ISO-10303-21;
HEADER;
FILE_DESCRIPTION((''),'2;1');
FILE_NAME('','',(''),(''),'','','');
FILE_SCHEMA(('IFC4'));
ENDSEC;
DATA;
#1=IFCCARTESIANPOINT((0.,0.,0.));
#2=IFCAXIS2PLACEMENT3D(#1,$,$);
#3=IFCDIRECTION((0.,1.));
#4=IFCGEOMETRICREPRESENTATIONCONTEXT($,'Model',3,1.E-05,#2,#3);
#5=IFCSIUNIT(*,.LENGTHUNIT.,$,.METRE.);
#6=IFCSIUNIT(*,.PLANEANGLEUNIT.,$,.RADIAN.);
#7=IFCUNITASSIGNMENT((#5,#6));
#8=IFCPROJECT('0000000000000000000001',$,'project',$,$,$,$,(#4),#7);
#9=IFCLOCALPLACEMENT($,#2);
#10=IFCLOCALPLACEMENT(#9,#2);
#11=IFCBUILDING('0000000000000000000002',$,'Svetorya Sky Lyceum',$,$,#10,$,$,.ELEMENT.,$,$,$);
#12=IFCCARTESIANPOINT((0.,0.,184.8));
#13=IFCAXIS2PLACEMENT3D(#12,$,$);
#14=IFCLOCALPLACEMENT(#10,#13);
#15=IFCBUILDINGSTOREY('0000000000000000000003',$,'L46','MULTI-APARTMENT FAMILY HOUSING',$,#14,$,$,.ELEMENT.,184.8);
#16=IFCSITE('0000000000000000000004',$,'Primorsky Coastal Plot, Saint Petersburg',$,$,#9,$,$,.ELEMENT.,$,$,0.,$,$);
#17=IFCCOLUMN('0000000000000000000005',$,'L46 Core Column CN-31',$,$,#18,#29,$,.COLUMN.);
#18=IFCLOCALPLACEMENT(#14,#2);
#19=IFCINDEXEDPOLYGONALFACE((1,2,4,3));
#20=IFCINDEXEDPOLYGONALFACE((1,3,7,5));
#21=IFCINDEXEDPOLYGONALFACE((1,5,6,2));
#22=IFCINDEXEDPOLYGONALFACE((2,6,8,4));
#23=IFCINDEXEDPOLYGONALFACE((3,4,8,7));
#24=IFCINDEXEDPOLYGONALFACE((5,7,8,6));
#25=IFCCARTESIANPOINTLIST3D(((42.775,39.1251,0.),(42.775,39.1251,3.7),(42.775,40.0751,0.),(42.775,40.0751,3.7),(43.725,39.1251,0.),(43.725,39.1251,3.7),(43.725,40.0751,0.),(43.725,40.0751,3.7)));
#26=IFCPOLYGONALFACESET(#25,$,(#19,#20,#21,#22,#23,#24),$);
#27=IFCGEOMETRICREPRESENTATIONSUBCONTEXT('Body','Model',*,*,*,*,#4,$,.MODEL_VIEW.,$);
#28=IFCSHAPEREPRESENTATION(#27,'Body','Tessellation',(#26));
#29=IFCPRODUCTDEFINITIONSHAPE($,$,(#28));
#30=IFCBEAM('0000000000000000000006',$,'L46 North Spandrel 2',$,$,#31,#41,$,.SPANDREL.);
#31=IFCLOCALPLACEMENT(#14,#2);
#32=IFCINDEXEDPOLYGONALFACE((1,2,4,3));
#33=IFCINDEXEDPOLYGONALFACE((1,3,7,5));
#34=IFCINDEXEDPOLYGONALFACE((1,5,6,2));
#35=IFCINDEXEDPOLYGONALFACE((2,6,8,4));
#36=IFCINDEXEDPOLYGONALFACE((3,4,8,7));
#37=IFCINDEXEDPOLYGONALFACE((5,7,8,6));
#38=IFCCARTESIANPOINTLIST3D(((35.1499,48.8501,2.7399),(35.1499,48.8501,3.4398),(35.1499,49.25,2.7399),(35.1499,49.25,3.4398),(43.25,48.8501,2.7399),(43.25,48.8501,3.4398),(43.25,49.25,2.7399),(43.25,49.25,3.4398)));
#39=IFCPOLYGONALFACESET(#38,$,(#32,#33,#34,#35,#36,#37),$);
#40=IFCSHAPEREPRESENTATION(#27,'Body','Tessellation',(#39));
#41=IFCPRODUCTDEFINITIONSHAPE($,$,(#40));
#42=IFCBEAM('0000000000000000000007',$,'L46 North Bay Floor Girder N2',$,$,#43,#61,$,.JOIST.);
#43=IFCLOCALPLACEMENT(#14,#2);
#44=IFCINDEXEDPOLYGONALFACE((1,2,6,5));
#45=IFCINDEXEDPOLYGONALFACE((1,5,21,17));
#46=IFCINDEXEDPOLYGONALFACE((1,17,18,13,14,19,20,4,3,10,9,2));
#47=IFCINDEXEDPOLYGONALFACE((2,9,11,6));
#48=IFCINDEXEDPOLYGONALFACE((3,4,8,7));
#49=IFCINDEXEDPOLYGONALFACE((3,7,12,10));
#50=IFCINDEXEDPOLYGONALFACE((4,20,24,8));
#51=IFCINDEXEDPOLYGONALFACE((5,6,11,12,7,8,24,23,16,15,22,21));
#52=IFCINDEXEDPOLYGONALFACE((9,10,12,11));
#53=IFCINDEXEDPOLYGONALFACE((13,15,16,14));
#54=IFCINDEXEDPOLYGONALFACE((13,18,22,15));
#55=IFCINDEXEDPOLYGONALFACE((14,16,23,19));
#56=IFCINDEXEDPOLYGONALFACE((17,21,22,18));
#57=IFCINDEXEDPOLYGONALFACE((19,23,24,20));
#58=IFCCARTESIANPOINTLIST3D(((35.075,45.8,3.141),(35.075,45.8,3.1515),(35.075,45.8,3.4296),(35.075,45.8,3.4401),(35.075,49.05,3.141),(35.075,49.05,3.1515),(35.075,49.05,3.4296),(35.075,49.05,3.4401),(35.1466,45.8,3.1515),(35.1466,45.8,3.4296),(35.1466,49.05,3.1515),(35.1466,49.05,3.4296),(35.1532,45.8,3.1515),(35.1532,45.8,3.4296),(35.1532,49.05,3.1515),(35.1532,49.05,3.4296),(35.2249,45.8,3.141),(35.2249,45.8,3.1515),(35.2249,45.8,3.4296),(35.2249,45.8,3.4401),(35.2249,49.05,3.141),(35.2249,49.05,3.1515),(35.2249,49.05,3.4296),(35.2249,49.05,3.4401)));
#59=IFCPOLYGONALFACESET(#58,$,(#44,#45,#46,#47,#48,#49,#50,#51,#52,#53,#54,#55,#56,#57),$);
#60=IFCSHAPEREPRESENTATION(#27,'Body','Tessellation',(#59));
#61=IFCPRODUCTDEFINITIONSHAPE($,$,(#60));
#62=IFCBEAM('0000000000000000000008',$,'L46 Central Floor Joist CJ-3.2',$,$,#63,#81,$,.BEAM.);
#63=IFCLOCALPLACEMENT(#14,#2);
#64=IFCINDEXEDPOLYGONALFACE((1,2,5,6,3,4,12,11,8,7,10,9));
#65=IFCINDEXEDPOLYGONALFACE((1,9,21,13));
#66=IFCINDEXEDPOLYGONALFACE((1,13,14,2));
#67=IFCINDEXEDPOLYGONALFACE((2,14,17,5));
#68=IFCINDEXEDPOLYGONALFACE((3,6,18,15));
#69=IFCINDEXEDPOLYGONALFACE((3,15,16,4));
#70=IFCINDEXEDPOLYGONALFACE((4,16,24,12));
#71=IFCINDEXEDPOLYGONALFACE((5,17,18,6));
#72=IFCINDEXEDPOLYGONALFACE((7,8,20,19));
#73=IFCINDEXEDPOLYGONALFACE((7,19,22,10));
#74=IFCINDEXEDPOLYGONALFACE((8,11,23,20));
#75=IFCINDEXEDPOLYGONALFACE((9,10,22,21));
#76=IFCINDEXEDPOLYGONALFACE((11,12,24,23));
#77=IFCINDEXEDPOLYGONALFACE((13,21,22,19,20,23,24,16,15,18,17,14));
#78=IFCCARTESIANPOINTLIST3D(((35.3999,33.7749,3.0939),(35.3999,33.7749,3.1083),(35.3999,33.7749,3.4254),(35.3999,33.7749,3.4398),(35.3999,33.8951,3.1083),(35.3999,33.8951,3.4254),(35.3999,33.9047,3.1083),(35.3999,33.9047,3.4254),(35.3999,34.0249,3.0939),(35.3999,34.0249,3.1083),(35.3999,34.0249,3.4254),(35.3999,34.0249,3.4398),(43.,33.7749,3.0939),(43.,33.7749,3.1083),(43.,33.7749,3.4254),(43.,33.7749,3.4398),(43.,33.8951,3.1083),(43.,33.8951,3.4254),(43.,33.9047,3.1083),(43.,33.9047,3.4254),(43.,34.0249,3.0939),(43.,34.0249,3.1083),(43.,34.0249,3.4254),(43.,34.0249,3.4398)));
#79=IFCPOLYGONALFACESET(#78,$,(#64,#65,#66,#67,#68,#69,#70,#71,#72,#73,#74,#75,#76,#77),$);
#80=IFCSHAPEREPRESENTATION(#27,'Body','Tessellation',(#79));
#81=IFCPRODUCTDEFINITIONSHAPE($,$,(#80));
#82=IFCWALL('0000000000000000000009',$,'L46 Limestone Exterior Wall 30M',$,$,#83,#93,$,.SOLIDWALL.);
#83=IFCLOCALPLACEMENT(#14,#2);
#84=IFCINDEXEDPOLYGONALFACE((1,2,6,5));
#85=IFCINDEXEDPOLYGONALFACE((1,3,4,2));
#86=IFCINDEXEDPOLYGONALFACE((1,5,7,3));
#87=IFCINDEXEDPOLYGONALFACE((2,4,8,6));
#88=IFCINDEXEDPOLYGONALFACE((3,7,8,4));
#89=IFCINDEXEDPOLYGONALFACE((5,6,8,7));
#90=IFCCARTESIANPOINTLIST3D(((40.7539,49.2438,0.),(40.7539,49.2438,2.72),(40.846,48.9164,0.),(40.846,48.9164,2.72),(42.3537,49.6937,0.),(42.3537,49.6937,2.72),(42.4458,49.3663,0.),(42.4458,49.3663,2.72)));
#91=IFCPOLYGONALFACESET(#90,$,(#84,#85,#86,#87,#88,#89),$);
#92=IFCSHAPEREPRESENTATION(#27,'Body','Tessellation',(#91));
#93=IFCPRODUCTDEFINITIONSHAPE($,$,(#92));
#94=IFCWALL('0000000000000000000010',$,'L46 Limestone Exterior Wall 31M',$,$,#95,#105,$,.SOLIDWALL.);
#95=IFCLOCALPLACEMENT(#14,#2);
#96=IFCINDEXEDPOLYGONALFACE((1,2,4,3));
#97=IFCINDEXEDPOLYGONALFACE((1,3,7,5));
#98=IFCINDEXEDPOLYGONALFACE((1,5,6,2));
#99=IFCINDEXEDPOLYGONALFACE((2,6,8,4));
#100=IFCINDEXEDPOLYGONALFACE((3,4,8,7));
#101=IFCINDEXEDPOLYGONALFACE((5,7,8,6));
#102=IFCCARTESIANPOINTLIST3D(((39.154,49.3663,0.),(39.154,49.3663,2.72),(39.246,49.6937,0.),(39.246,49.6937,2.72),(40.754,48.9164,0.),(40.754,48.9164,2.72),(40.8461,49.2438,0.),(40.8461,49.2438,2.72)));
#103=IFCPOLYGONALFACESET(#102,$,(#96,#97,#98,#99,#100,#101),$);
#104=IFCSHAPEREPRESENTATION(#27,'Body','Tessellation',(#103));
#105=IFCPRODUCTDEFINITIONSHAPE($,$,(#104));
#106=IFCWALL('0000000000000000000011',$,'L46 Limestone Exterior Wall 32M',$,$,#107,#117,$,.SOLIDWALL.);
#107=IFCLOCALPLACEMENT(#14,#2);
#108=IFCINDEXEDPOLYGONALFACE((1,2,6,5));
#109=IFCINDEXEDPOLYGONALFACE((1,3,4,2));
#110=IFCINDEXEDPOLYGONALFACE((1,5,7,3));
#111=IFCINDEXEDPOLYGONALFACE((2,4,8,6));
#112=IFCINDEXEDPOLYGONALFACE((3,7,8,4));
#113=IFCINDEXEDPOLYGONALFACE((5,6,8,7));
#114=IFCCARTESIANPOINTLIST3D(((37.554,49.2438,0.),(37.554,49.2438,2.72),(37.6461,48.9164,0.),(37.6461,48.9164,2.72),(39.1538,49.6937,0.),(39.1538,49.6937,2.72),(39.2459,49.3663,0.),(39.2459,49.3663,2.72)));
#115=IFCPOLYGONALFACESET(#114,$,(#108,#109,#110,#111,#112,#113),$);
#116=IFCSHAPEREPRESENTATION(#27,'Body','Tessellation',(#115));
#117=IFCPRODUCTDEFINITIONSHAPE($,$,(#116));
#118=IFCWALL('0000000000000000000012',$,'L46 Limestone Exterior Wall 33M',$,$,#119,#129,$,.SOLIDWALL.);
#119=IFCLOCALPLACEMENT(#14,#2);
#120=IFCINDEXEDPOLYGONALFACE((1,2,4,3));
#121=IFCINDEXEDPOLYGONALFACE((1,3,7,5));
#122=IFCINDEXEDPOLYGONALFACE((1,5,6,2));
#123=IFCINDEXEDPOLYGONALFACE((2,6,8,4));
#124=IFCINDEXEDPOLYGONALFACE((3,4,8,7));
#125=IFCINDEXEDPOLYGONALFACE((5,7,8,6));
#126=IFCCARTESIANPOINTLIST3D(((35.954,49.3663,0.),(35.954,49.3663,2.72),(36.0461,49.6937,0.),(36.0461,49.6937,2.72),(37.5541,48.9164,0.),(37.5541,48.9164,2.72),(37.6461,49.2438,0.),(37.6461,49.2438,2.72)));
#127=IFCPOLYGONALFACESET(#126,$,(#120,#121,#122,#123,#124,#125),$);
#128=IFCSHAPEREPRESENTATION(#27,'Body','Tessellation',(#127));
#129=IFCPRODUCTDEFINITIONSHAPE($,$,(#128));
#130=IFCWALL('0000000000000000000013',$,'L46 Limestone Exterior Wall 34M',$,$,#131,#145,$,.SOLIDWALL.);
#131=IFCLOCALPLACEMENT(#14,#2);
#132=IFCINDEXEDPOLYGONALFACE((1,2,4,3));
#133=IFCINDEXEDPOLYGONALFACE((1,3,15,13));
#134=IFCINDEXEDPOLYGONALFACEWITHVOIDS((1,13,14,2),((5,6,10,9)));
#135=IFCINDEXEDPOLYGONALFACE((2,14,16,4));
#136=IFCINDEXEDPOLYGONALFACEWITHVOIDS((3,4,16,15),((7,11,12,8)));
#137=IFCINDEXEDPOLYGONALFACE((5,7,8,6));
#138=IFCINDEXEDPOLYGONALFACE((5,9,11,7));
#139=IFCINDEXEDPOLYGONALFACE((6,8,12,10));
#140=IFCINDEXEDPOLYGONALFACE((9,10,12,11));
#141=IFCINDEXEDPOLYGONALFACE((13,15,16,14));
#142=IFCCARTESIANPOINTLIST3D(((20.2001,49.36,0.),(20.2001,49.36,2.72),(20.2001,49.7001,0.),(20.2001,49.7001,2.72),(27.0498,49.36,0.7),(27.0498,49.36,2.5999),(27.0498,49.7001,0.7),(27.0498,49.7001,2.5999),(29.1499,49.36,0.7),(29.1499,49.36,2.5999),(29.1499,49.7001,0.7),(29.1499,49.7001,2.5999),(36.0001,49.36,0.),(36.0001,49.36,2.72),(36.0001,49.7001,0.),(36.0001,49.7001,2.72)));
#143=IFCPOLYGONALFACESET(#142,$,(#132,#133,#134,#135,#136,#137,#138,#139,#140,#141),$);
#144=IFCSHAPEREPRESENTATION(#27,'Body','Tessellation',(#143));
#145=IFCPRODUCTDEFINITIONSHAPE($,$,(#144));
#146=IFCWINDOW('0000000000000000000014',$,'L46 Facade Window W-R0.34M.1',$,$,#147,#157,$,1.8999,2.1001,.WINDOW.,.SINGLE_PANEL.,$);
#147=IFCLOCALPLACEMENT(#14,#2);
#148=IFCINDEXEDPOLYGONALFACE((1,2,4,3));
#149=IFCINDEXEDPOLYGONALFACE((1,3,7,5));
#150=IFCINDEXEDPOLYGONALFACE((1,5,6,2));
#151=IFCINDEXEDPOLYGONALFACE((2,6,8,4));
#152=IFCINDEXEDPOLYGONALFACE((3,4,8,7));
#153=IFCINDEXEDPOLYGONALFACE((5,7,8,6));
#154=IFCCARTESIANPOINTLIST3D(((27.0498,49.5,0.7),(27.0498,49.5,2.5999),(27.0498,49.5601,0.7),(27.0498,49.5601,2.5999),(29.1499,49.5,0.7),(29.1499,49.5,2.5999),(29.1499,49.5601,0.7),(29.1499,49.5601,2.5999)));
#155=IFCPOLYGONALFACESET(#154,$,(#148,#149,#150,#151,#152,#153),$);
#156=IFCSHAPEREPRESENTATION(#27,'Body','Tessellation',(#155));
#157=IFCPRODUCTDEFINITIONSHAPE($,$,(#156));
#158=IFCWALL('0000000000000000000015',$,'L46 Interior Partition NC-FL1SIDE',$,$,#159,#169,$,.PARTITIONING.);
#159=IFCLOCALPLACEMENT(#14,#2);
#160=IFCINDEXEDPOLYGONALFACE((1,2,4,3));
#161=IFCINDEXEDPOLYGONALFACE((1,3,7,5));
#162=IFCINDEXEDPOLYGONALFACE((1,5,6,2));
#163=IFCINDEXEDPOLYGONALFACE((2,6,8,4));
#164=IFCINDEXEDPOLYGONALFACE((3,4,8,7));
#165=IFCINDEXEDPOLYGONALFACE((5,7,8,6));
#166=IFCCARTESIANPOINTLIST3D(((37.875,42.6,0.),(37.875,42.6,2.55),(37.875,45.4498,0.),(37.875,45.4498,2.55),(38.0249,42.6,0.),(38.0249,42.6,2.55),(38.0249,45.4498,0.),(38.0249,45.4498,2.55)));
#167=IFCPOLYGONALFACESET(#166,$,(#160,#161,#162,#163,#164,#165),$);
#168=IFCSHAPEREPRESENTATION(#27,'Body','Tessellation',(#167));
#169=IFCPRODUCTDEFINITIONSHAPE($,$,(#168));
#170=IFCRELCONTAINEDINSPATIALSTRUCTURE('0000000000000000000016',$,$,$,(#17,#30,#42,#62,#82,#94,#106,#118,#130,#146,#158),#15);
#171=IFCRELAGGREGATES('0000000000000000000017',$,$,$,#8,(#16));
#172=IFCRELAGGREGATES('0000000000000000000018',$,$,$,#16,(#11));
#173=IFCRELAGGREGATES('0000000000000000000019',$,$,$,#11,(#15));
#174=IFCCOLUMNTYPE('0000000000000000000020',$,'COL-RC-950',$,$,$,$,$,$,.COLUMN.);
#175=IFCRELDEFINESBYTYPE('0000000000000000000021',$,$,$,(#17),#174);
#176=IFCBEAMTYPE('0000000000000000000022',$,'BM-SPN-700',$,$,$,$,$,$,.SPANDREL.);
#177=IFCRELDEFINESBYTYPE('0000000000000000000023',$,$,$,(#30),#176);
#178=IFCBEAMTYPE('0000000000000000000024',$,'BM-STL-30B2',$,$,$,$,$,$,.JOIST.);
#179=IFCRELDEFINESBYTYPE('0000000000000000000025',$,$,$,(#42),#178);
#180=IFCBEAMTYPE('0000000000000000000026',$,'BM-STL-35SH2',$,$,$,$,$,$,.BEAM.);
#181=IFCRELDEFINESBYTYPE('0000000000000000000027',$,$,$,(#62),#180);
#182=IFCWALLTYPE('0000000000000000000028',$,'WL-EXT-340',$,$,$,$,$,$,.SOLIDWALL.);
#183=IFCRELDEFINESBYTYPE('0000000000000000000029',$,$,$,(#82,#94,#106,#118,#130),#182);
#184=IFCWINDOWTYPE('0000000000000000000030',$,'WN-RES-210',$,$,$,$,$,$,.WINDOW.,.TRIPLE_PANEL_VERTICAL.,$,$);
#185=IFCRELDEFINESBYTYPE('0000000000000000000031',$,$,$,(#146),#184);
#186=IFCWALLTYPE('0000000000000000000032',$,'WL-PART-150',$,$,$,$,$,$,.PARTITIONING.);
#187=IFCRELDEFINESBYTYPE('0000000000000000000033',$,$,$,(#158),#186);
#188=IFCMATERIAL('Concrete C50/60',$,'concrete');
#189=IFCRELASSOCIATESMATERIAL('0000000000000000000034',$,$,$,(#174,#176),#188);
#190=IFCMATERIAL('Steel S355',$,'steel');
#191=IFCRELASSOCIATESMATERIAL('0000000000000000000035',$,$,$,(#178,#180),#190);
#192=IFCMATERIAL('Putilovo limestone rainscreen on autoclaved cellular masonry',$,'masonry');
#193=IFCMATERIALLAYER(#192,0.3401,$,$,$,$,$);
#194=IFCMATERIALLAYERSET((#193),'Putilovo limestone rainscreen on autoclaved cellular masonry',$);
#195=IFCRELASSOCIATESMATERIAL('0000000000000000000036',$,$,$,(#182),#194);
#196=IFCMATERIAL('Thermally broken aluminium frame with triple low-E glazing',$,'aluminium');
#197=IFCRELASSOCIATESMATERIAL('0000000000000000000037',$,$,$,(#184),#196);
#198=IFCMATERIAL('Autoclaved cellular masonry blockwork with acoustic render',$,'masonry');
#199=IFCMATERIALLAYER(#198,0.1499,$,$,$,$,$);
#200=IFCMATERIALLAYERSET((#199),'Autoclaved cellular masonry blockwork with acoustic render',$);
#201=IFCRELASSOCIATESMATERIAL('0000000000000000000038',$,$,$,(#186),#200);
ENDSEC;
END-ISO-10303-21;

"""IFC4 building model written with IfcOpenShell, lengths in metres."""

from ifc_helpers import new_model, si_unit, direction, frame, frame_2d, origin, origin_2d, place, context, subcontext, project, spatial, rectangle, i_section, extrude, material, layer, layer_set, material_profile, profile_set, type_object, element, fill, save


model = new_model("IFC4")

# Units and contexts
model_context = context("Model", 3, precision=1e-05, world=origin(), true_north=direction((0.0, 1.0)))
body_context = subcontext(model_context, "Body", "Model", "MODEL_VIEW")
ifc_project = project(units=[si_unit("LENGTHUNIT", "METRE"), si_unit("PLANEANGLEUNIT", "RADIAN")], contexts=[model_context])

# Site, building, storey
site_placement = place(None, origin())
site = spatial("IfcSite", under=ifc_project, at=site_placement, Name="Primorsky Coastal Plot, Saint Petersburg", CompositionType="ELEMENT", RefElevation=0.0)
building_placement = place(site_placement, origin())
building = spatial("IfcBuilding", under=site, at=building_placement, Name="Svetorya Sky Lyceum", CompositionType="ELEMENT")
storey_placement = place(building_placement, frame((0.0, 0.0, 184.8)))
storey = spatial("IfcBuildingStorey", under=building, at=storey_placement, Name="L46", Description="MULTI-APARTMENT FAMILY HOUSING", CompositionType="ELEMENT", Elevation=184.8)

# Column
ifc_material_1 = material(Name="Concrete C50/60", Category="concrete")
ifc_material_profile_1 = material_profile(ifc_material_1, rectangle(XDim=0.95, YDim=0.95, at=origin_2d()), Name="RC COL 950x950")
ifc_profile_set_1 = profile_set([ifc_material_profile_1], Name="Concrete C50/60")
column_type = type_object("IfcColumnType", Name="COL-RC-950", PredefinedType="COLUMN", material=ifc_profile_set_1)
column_placement = place(storey_placement, frame((43.25, 39.6001, 0.0), z_axis=(0.0, 0.0, 1.0), x_axis=(1.0, 0.0, 0.0)))
element("IfcColumn", 1, at=column_placement, inside=storey, type_object=column_type, Name="L46 Core Column CN-31", PredefinedType="COLUMN", context=body_context, shape_type="SweptSolid", body=[
    extrude(rectangle(XDim=0.95, YDim=0.95, at=origin_2d()), origin(), (0.0, 0.0, 1.0), 3.7),
])

# Beams
ifc_material_profile_2 = material_profile(ifc_material_1, rectangle(XDim=0.3999, YDim=0.7, at=origin_2d()), Name="RC SPANDREL 400x700")
ifc_profile_set_2 = profile_set([ifc_material_profile_2], Name="Concrete C50/60")
beam_type_1 = type_object("IfcBeamType", Name="BM-SPN-700", PredefinedType="SPANDREL", material=ifc_profile_set_2)
beam_1_placement = place(storey_placement, frame((35.1499, 49.05, 3.0898), z_axis=(1.0, 0.0, 0.0), x_axis=(0.0, 1.0, 0.0)))
element("IfcBeam", 2, at=beam_1_placement, inside=storey, type_object=beam_type_1, Name="L46 North Spandrel 2", PredefinedType="SPANDREL", context=body_context, shape_type="SweptSolid", body=[
    extrude(rectangle(XDim=0.3999, YDim=0.7, at=origin_2d()), origin(), (0.0, 0.0, 1.0), 8.1001),
])
ifc_material_2 = material(Name="Steel S355", Category="steel")
ifc_material_profile_3 = material_profile(ifc_material_2, i_section(OverallWidth=0.1499, OverallDepth=0.2991, WebThickness=0.0066, FlangeThickness=0.0105, at=origin_2d()), Name="GOST 30B2")
ifc_profile_set_3 = profile_set([ifc_material_profile_3], Name="Steel S355")
beam_type_2 = type_object("IfcBeamType", Name="BM-STL-30B2", PredefinedType="JOIST", material=ifc_profile_set_3)
beam_2_placement = place(storey_placement, frame((35.1499, 45.8, 3.2905), z_axis=(0.0, 1.0, 0.0), x_axis=(-1.0, 0.0, 0.0)))
element("IfcBeam", 3, at=beam_2_placement, inside=storey, type_object=beam_type_2, Name="L46 North Bay Floor Girder N2", PredefinedType="JOIST", context=body_context, shape_type="SweptSolid", body=[
    extrude(i_section(OverallWidth=0.1499, OverallDepth=0.2991, WebThickness=0.0066, FlangeThickness=0.0105, at=origin_2d()), origin(), (0.0, 0.0, 1.0), 3.25),
])
ifc_material_profile_4 = material_profile(ifc_material_2, i_section(OverallWidth=0.25, OverallDepth=0.3459, WebThickness=0.0095, FlangeThickness=0.0144, at=origin_2d()), Name="GOST 35Sh2")
ifc_profile_set_4 = profile_set([ifc_material_profile_4], Name="Steel S355")
beam_type_3 = type_object("IfcBeamType", Name="BM-STL-35SH2", PredefinedType="BEAM", material=ifc_profile_set_4)
beam_3_placement = place(storey_placement, frame((35.3999, 33.8999, 3.2668), z_axis=(1.0, 0.0, 0.0), x_axis=(0.0, 1.0, 0.0)))
element("IfcBeam", 4, at=beam_3_placement, inside=storey, type_object=beam_type_3, Name="L46 Central Floor Joist CJ-3.2", PredefinedType="BEAM", context=body_context, shape_type="SweptSolid", body=[
    extrude(i_section(OverallWidth=0.25, OverallDepth=0.3459, WebThickness=0.0095, FlangeThickness=0.0144, at=origin_2d()), origin(), (0.0, 0.0, 1.0), 7.6001),
])

# Walls
ifc_material_3 = material(Name="Putilovo limestone rainscreen on autoclaved cellular masonry", Category="masonry")
ifc_layer_1 = layer(ifc_material_3, 0.3401)
ifc_layer_set_1 = layer_set([ifc_layer_1], Name="Putilovo limestone rainscreen on autoclaved cellular masonry")
wall_type_1 = type_object("IfcWallType", Name="WL-EXT-340", PredefinedType="SOLIDWALL", material=ifc_layer_set_1)
wall_1_placement = place(storey_placement, frame((42.3999, 49.53, 0.0), z_axis=(0.0, 0.0, 1.0), x_axis=(-0.962652, -0.270741, 0.0)))
element("IfcWall", 5, at=wall_1_placement, inside=storey, type_object=wall_type_1, Name="L46 Limestone Exterior Wall 30M", PredefinedType="SOLIDWALL", context=body_context, shape_type="SweptSolid", body=[
    extrude(rectangle(XDim=1.6619, YDim=0.3401, at=frame_2d((0.8311, 0.0))), origin(), (0.0, 0.0, 1.0), 2.72),
])
wall_2_placement = place(storey_placement, frame((40.8, 49.0801, 0.0), z_axis=(0.0, 0.0, 1.0), x_axis=(-0.962663, 0.270703, 0.0)))
element("IfcWall", 6, at=wall_2_placement, inside=storey, type_object=wall_type_1, Name="L46 Limestone Exterior Wall 31M", PredefinedType="SOLIDWALL", context=body_context, shape_type="SweptSolid", body=[
    extrude(rectangle(XDim=1.6621, YDim=0.3401, at=frame_2d((0.8311, 0.0))), origin(), (0.0, 0.0, 1.0), 2.72),
])
wall_3_placement = place(storey_placement, frame((39.2, 49.53, 0.0), z_axis=(0.0, 0.0, 1.0), x_axis=(-0.962652, -0.270741, 0.0)))
element("IfcWall", 7, at=wall_3_placement, inside=storey, type_object=wall_type_1, Name="L46 Limestone Exterior Wall 32M", PredefinedType="SOLIDWALL", context=body_context, shape_type="SweptSolid", body=[
    extrude(rectangle(XDim=1.6619, YDim=0.3401, at=frame_2d((0.8311, 0.0))), origin(), (0.0, 0.0, 1.0), 2.72),
])
wall_4_placement = place(storey_placement, frame((37.6001, 49.0801, 0.0), z_axis=(0.0, 0.0, 1.0), x_axis=(-0.962663, 0.270703, 0.0)))
element("IfcWall", 8, at=wall_4_placement, inside=storey, type_object=wall_type_1, Name="L46 Limestone Exterior Wall 33M", PredefinedType="SOLIDWALL", context=body_context, shape_type="SweptSolid", body=[
    extrude(rectangle(XDim=1.6621, YDim=0.3401, at=frame_2d((0.8311, 0.0))), origin(), (0.0, 0.0, 1.0), 2.72),
])

# Wall, opening, window
wall_5_placement = place(storey_placement, frame((36.0, 49.53, 0.0), z_axis=(0.0, 0.0, 1.0), x_axis=(-1.0, 0.0, 0.0)))
wall_5 = element("IfcWall", 9, at=wall_5_placement, inside=storey, type_object=wall_type_1, Name="L46 Limestone Exterior Wall 34M", PredefinedType="SOLIDWALL", context=body_context, shape_type="SweptSolid", body=[
    extrude(rectangle(XDim=15.8, YDim=0.3401, at=frame_2d((7.8999, 0.0))), origin(), (0.0, 0.0, 1.0), 2.72),
])
opening_1_placement = place(wall_5_placement, frame((6.8501, 0.0, 0.7)))
opening_1 = element("IfcOpeningElement", 10, at=opening_1_placement, cuts=wall_5, PredefinedType="OPENING", context=body_context, shape_type="SweptSolid", body=[
    extrude(rectangle(XDim=2.1001, YDim=1.8999, at=frame_2d((1.05, 0.95))), frame((0.0, 0.1799, 0.0), z_axis=(0.0, -1.0, 0.0), x_axis=(1.0, 0.0, 0.0)), (0.0, 0.0, 1.0), 0.3601),
])
ifc_material_4 = material(Name="Thermally broken aluminium frame with triple low-E glazing", Category="aluminium")
window_type = type_object("IfcWindowType", Name="WN-RES-210", PartitioningType="TRIPLE_PANEL_VERTICAL", PredefinedType="WINDOW", material=ifc_material_4)
window_placement = place(opening_1_placement, origin())
window = element("IfcWindow", 11, at=window_placement, inside=storey, type_object=window_type, Name="L46 Facade Window W-R0.34M.1", OverallHeight=1.8999, OverallWidth=2.1001, PartitioningType="SINGLE_PANEL", PredefinedType="WINDOW", context=body_context, shape_type="SweptSolid", body=[
    extrude(rectangle(XDim=2.1001, YDim=1.8999, at=frame_2d((1.05, 0.95))), frame((0.0, 0.03, 0.0), z_axis=(0.0, -1.0, 0.0), x_axis=(1.0, 0.0, 0.0)), (0.0, 0.0, 1.0), 0.0601),
])
fill(opening_1, window)

# Wall
ifc_material_5 = material(Name="Autoclaved cellular masonry blockwork with acoustic render", Category="masonry")
ifc_layer_2 = layer(ifc_material_5, 0.1499)
ifc_layer_set_2 = layer_set([ifc_layer_2], Name="Autoclaved cellular masonry blockwork with acoustic render")
wall_type_2 = type_object("IfcWallType", Name="WL-PART-150", PredefinedType="PARTITIONING", material=ifc_layer_set_2)
wall_6_placement = place(storey_placement, frame((37.95, 42.6001, 0.0), z_axis=(0.0, 0.0, 1.0), x_axis=(0.0, 1.0, 0.0)))
element("IfcWall", 12, at=wall_6_placement, inside=storey, type_object=wall_type_2, Name="L46 Interior Partition NC-FL1SIDE", PredefinedType="PARTITIONING", context=body_context, shape_type="SweptSolid", body=[
    extrude(rectangle(XDim=2.8499, YDim=0.1499, at=frame_2d((1.4248, 0.0))), origin(), (0.0, 0.0, 1.0), 2.55),
])

save(model, "model.ifc")
